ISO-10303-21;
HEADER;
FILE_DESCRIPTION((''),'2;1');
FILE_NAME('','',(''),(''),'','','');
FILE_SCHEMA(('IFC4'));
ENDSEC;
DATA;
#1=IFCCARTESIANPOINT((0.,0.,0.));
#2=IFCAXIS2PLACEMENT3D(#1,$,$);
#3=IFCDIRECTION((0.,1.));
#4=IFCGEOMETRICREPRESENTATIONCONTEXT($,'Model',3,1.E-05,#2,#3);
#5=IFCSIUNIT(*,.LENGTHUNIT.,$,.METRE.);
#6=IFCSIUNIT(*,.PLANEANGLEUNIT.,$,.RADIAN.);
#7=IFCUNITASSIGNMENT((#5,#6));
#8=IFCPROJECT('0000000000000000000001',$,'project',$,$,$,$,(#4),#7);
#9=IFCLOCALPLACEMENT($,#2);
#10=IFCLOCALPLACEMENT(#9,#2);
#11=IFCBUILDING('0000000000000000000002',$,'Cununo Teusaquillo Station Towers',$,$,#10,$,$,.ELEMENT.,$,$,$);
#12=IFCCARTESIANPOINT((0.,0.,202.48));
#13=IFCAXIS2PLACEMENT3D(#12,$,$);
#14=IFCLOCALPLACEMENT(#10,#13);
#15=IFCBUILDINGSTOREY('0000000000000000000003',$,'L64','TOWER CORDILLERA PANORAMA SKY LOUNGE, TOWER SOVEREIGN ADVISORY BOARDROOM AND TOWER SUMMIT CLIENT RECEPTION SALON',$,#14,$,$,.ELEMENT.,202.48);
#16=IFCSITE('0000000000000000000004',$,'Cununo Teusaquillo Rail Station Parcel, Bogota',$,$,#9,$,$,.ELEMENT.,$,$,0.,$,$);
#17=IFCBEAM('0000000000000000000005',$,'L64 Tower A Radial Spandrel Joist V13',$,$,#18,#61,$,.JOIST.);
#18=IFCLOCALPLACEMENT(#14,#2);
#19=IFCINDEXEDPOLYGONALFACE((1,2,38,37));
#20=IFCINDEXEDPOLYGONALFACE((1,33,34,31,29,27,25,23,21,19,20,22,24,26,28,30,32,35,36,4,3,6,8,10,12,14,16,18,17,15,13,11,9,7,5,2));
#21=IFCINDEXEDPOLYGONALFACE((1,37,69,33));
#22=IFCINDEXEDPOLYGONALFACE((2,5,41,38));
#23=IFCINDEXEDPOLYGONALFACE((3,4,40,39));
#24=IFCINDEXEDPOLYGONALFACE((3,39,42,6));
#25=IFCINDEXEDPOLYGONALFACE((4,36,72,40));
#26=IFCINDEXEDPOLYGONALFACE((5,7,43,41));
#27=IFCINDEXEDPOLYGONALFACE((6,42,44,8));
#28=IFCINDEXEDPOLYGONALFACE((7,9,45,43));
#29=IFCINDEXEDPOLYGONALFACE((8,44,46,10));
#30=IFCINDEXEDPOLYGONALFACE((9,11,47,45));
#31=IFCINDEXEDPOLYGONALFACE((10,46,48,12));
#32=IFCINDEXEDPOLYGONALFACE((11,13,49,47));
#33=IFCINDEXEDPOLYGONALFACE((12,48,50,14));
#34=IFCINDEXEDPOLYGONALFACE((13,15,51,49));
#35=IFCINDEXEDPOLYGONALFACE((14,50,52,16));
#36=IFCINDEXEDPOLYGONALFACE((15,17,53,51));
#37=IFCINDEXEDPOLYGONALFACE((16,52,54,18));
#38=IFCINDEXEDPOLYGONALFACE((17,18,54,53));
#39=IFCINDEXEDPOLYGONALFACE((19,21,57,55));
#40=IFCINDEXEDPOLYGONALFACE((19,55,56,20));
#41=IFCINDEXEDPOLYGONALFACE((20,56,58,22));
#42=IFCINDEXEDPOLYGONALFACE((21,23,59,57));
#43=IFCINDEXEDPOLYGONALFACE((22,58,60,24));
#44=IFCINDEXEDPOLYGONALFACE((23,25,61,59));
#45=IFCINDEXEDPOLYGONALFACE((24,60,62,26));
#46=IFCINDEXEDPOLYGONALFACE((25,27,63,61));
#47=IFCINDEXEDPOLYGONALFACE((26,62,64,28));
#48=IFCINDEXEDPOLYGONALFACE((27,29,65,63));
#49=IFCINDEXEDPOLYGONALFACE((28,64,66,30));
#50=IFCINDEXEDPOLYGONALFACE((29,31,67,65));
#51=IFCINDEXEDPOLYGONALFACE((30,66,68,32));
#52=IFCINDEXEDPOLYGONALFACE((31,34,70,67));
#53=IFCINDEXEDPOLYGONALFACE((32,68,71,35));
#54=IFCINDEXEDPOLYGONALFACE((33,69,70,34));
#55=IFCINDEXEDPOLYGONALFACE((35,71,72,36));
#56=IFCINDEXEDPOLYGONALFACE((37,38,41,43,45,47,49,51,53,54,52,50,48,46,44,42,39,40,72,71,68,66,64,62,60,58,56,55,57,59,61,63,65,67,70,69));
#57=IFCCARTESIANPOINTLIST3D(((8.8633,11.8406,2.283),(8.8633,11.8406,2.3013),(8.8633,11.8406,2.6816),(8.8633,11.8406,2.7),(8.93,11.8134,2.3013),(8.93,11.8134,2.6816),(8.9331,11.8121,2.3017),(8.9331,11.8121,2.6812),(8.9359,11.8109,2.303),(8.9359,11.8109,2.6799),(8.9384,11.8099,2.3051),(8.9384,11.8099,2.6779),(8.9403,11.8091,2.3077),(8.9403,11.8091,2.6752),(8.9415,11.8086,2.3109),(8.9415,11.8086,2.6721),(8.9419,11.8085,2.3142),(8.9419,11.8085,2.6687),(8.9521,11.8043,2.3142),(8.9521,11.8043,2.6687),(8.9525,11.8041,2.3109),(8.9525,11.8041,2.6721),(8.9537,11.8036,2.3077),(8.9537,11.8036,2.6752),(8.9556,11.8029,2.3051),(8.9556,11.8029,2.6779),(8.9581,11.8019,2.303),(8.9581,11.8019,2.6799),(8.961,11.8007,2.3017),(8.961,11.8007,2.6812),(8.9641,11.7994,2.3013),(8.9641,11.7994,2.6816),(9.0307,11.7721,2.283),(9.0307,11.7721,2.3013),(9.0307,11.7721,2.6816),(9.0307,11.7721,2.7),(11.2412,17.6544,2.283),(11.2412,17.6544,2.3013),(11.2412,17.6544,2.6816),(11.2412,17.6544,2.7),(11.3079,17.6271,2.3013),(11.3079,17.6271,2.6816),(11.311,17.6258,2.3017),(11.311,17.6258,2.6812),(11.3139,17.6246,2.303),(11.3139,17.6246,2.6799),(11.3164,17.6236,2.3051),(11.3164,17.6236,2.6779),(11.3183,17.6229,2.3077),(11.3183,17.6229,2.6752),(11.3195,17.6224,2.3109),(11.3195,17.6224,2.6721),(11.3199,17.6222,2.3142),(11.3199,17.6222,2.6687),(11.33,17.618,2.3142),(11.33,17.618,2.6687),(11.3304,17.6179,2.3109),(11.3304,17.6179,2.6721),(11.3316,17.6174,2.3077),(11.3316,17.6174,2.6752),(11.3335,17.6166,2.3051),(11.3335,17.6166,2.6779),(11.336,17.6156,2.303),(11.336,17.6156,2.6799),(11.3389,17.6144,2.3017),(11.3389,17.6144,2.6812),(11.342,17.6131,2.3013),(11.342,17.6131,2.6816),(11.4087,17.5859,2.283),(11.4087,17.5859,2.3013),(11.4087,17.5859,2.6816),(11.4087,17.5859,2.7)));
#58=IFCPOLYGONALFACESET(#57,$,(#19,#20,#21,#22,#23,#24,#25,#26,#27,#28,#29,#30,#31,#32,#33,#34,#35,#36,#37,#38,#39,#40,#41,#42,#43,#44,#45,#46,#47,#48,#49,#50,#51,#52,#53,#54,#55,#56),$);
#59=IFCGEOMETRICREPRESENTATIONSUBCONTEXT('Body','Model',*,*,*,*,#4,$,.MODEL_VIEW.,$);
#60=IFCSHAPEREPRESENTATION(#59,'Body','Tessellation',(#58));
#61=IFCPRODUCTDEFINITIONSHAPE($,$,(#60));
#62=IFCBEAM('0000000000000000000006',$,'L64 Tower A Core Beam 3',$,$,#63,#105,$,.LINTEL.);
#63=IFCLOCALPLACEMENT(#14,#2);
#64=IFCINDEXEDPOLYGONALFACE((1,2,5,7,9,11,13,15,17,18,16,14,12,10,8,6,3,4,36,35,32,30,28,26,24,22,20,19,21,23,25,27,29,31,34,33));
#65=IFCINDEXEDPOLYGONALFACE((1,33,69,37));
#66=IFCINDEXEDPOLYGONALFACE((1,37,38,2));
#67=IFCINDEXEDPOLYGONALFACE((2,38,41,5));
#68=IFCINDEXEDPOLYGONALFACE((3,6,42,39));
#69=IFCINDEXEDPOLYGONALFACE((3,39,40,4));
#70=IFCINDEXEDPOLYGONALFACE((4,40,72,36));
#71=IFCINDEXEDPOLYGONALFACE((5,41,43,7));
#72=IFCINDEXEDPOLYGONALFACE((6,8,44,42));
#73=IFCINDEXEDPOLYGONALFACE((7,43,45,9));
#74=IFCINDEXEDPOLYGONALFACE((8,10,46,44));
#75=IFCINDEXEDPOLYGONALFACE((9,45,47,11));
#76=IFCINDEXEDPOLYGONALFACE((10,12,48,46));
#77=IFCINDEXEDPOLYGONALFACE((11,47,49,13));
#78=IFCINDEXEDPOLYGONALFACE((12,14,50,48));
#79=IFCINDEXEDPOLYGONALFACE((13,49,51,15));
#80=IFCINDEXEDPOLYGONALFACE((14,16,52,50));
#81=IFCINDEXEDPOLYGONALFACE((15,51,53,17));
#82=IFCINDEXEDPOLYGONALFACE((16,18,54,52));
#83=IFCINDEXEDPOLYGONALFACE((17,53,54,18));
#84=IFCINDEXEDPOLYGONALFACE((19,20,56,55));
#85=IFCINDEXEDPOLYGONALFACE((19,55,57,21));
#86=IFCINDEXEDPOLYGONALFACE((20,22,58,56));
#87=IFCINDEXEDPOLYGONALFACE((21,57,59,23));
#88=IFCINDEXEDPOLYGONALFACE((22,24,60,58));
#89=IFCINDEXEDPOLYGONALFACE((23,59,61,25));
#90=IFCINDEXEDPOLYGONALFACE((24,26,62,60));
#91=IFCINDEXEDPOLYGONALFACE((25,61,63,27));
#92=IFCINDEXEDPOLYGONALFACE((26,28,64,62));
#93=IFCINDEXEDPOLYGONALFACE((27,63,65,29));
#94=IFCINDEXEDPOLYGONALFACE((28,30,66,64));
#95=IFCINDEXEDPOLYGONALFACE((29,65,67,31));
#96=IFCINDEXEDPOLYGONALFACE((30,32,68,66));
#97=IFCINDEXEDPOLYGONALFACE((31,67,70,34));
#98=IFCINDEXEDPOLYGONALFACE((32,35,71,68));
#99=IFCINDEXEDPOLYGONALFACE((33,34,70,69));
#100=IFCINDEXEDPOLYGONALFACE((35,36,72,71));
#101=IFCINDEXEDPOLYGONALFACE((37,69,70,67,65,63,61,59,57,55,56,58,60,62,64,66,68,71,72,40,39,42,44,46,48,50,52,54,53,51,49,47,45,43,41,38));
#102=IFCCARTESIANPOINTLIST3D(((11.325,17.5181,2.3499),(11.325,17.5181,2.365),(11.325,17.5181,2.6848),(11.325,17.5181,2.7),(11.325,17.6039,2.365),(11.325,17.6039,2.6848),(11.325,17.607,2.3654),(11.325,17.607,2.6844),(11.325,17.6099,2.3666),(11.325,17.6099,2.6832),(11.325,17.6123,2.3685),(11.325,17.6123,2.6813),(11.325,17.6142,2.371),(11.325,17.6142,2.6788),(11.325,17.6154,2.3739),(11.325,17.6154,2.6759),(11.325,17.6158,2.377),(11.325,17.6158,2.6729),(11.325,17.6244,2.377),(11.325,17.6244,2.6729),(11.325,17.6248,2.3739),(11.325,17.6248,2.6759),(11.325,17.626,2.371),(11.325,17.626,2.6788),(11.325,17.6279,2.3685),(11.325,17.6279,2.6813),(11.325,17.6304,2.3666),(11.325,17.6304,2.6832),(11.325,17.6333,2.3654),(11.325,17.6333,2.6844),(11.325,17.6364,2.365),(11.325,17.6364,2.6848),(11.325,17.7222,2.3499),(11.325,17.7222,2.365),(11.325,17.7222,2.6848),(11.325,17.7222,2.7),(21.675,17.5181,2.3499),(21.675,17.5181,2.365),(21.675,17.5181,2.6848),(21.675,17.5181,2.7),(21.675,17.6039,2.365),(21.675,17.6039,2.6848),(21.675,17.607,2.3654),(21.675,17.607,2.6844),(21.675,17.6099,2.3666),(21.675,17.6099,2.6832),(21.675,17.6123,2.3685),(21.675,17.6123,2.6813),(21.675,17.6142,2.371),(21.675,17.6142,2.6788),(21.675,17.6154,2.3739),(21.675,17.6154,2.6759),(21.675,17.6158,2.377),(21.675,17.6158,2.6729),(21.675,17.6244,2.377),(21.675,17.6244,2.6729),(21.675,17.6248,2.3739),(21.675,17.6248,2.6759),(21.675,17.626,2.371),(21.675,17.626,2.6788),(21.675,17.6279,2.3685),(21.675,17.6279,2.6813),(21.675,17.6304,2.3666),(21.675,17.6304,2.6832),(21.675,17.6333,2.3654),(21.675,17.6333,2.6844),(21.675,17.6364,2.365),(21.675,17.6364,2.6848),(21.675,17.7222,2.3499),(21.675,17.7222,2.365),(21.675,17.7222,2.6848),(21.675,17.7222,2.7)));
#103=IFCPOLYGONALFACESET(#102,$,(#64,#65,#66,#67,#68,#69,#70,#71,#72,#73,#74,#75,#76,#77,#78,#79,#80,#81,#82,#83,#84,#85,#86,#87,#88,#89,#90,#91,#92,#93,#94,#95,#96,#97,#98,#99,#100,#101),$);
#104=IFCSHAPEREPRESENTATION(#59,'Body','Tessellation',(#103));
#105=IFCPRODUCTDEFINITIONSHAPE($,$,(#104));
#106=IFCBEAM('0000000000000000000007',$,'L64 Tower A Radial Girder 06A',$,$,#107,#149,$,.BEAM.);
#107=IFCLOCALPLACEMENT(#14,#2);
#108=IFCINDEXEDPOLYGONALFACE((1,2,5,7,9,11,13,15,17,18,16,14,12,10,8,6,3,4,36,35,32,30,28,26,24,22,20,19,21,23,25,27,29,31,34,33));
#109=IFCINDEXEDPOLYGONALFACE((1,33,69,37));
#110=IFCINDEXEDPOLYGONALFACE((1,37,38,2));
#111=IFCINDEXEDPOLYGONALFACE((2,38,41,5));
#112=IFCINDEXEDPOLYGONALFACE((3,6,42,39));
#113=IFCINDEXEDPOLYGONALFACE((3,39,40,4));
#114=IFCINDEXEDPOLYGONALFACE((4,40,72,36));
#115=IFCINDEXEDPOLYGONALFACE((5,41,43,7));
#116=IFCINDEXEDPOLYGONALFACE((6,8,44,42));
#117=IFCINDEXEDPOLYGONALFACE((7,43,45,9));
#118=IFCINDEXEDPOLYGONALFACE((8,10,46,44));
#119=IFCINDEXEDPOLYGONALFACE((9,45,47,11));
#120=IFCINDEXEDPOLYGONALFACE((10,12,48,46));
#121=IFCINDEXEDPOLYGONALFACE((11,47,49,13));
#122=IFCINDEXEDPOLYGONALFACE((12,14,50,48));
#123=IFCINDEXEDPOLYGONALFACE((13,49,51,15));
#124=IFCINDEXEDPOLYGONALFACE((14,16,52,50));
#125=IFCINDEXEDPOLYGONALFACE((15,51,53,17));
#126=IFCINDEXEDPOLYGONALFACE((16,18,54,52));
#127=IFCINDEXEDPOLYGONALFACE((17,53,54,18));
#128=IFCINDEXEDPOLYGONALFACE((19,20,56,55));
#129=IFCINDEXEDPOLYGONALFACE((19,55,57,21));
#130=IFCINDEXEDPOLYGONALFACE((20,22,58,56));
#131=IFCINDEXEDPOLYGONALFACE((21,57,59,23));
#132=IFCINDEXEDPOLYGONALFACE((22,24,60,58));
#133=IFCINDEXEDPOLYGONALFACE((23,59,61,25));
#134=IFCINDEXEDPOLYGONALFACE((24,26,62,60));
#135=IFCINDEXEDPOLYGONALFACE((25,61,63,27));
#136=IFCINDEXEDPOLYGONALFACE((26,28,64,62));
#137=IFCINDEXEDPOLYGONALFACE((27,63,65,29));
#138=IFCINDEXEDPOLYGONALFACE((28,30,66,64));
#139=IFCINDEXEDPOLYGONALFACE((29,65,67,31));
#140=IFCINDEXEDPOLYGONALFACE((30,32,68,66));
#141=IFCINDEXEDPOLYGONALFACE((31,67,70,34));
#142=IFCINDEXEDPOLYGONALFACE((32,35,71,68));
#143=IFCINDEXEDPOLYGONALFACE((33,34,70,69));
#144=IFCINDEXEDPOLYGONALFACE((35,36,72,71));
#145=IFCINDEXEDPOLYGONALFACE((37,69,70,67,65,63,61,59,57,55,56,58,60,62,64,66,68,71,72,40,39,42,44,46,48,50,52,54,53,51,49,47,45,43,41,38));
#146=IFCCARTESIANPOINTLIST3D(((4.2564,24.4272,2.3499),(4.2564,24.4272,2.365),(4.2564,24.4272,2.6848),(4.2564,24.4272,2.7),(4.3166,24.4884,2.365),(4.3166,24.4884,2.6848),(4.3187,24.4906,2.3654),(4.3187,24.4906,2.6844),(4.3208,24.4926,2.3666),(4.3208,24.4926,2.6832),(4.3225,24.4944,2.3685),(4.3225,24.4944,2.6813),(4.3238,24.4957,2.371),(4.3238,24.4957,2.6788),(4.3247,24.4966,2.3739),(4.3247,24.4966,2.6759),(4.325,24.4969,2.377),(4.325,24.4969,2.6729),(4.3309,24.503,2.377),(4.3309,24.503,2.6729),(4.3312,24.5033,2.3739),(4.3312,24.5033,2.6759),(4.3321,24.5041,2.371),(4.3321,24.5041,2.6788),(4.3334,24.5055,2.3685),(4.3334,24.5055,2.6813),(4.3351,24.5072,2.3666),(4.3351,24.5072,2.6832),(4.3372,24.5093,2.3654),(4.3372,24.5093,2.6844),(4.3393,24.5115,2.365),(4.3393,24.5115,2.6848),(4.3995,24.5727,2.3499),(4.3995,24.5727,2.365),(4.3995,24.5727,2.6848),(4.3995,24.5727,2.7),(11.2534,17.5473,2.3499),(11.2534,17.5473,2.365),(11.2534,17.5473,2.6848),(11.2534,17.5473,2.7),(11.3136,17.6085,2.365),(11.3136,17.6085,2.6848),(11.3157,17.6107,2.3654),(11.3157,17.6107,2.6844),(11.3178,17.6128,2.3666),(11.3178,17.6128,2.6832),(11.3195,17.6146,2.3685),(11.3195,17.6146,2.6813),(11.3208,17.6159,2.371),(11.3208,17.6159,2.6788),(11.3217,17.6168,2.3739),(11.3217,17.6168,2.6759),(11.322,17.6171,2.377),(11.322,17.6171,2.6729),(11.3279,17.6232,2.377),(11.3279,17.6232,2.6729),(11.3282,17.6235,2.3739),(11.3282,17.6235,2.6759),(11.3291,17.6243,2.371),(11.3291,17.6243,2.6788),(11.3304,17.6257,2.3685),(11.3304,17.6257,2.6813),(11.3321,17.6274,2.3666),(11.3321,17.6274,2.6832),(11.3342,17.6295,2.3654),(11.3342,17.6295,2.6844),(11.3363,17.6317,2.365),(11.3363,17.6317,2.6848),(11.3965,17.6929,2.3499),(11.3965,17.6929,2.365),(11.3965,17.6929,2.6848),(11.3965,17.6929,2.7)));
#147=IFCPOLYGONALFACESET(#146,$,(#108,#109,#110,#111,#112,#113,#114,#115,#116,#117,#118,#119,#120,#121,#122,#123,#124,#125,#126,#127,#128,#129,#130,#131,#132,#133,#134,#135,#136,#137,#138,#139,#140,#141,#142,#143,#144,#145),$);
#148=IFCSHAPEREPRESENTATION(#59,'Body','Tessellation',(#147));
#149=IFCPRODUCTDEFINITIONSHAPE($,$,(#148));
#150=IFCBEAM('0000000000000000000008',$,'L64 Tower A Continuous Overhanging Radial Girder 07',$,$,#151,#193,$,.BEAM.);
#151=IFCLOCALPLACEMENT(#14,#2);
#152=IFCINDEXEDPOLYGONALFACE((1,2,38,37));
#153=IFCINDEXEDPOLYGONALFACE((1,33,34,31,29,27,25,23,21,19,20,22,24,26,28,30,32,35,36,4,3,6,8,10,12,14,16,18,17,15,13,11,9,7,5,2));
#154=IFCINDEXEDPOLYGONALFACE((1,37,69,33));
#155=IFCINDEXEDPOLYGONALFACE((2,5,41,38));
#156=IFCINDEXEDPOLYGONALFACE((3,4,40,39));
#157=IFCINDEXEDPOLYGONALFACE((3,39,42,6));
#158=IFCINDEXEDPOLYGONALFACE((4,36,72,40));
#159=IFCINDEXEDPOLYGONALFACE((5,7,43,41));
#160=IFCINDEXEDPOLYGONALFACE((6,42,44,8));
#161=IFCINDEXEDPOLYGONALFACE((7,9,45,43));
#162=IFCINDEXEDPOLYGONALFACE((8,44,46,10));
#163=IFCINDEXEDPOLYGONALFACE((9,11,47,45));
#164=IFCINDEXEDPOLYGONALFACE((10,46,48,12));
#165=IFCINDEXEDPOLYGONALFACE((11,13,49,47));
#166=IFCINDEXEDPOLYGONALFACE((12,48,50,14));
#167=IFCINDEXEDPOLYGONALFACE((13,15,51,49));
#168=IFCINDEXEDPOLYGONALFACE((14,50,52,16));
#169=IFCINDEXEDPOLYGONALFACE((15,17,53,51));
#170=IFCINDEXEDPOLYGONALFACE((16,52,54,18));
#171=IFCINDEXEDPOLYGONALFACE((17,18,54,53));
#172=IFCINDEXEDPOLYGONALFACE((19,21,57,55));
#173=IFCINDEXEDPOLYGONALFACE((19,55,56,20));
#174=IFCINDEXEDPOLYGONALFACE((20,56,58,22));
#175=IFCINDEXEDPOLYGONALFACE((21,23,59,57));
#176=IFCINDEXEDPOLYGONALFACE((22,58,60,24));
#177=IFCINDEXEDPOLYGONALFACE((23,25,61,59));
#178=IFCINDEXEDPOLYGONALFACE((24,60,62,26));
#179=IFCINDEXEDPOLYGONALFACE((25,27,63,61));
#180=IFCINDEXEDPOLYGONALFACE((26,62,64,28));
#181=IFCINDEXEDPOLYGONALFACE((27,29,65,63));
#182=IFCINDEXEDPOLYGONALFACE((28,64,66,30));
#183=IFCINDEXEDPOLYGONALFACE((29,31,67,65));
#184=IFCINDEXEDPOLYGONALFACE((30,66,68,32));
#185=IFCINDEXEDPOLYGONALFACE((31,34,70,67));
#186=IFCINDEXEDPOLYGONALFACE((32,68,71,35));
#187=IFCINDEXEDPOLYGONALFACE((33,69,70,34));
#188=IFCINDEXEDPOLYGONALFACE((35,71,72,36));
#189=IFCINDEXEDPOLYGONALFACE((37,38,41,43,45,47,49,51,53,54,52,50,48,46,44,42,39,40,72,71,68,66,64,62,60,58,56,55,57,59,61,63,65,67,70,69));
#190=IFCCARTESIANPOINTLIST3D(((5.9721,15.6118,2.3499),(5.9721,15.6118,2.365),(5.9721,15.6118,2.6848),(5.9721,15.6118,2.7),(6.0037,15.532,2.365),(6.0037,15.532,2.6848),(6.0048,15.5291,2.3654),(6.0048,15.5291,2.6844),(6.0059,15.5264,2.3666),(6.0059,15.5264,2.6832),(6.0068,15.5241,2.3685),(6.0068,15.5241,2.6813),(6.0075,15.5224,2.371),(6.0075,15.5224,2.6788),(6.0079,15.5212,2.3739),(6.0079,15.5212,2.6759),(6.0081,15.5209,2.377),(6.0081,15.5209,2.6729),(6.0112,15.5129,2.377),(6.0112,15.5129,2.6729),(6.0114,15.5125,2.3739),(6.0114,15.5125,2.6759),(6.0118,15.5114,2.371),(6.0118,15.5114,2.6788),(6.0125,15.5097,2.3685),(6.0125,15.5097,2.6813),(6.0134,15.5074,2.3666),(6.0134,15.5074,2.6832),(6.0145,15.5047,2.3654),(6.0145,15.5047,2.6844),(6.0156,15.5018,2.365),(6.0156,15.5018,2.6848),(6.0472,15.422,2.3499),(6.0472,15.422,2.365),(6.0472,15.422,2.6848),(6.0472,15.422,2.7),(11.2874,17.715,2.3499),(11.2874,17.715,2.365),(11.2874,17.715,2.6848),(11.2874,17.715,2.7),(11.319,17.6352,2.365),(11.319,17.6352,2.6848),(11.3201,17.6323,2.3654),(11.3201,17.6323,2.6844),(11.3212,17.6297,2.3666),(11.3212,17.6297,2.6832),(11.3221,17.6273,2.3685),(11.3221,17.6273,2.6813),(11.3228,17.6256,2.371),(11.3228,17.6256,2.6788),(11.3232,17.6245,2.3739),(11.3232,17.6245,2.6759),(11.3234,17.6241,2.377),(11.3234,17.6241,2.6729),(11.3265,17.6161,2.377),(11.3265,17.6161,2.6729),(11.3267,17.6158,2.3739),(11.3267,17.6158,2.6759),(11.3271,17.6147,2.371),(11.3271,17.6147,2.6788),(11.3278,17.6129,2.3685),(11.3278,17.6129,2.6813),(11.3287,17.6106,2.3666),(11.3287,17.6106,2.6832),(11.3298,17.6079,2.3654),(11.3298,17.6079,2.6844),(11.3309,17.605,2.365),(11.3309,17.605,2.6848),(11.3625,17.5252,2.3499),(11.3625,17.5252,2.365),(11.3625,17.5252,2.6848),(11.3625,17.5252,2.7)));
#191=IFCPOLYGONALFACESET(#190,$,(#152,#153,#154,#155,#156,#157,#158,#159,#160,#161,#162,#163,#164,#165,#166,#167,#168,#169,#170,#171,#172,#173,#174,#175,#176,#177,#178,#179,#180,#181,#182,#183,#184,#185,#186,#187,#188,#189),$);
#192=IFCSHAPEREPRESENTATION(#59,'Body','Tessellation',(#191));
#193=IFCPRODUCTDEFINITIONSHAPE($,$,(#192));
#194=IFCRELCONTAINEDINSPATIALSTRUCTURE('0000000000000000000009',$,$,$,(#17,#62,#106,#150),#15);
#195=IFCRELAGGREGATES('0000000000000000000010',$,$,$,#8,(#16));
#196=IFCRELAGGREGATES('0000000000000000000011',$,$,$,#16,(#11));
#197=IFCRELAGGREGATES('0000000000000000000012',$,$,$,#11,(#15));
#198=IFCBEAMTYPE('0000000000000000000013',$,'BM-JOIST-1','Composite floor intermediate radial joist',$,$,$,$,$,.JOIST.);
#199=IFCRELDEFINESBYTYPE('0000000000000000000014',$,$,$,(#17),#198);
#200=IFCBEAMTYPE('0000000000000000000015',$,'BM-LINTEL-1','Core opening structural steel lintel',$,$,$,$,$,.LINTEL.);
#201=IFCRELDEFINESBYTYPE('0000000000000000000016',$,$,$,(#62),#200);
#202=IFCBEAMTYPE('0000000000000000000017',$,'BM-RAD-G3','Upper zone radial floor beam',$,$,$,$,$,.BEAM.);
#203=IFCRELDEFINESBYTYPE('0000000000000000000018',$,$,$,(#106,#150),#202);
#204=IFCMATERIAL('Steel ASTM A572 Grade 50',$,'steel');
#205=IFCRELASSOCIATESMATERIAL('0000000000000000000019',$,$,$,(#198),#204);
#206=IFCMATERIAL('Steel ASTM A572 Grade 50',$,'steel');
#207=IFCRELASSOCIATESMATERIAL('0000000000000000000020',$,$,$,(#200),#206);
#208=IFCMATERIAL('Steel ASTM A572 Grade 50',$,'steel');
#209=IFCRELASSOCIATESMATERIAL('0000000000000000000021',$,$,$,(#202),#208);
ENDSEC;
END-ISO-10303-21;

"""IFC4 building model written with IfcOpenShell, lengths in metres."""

from ifc_helpers import new_model, si_unit, direction, frame, origin, origin_2d, place, context, subcontext, project, spatial, i_section, extrude, material, material_profile, profile_set, type_object, element, save


model = new_model("IFC4")

# Units and contexts
model_context = context("Model", 3, precision=1e-05, world=origin(), true_north=direction((0.0, 1.0)))
body_context = subcontext(model_context, "Body", "Model", "MODEL_VIEW")
ifc_project = project(units=[si_unit("LENGTHUNIT", "METRE"), si_unit("PLANEANGLEUNIT", "RADIAN")], contexts=[model_context])

# Site, building, storey
site_placement = place(None, origin())
site = spatial("IfcSite", under=ifc_project, at=site_placement, Name="Cununo Teusaquillo Rail Station Parcel, Bogota", CompositionType="ELEMENT", RefElevation=0.0)
building_placement = place(site_placement, origin())
building = spatial("IfcBuilding", under=site, at=building_placement, Name="Cununo Teusaquillo Station Towers", CompositionType="ELEMENT")
storey_placement = place(building_placement, frame((0.0, 0.0, 202.48)))
storey = spatial("IfcBuildingStorey", under=building, at=storey_placement, Name="L64", Description="TOWER CORDILLERA PANORAMA SKY LOUNGE, TOWER SOVEREIGN ADVISORY BOARDROOM AND TOWER SUMMIT CLIENT RECEPTION SALON", CompositionType="ELEMENT", Elevation=202.48)

# Beams
ifc_material_1 = material(Name="Steel ASTM A572 Grade 50", Category="steel")
ifc_material_profile_1 = material_profile(ifc_material_1, i_section(OverallWidth=0.1809, OverallDepth=0.417, WebThickness=0.011, FlangeThickness=0.0183, FilletRadius=0.0129, at=origin_2d()), Name="W16X57")
ifc_profile_set_1 = profile_set([ifc_material_profile_1], Name="Steel ASTM A572 Grade 50")
beam_type_1 = type_object("IfcBeamType", Name="BM-JOIST-1", Description="Composite floor intermediate radial joist", PredefinedType="JOIST", material=ifc_profile_set_1)
beam_1_placement = place(storey_placement, frame((11.325, 17.6201, 2.4915), z_axis=(-0.378577, -0.92557, 0.0), x_axis=(0.92557, -0.378577, 0.0)))
element("IfcBeam", 1, at=beam_1_placement, inside=storey, type_object=beam_type_1, Name="L64 Tower A Radial Spandrel Joist V13", PredefinedType="JOIST", context=body_context, shape_type="SweptSolid", body=[
    extrude(i_section(OverallWidth=0.1809, OverallDepth=0.417, WebThickness=0.011, FlangeThickness=0.0183, FilletRadius=0.0129, at=origin_2d()), origin(), (0.0, 0.0, 1.0), 6.2812),
])
ifc_material_2 = material(Name="Steel ASTM A572 Grade 50", Category="steel")
ifc_material_profile_2 = material_profile(ifc_material_2, i_section(OverallWidth=0.2041, OverallDepth=0.3501, WebThickness=0.0085, FlangeThickness=0.0151, FilletRadius=0.012, at=origin_2d()), Name="W14X48")
ifc_profile_set_2 = profile_set([ifc_material_profile_2], Name="Steel ASTM A572 Grade 50")
beam_type_2 = type_object("IfcBeamType", Name="BM-LINTEL-1", Description="Core opening structural steel lintel", PredefinedType="LINTEL", material=ifc_profile_set_2)
beam_2_placement = place(storey_placement, frame((11.325, 17.6201, 2.5249), z_axis=(1.0, 0.0, 0.0), x_axis=(0.0, 1.0, 0.0)))
element("IfcBeam", 2, at=beam_2_placement, inside=storey, type_object=beam_type_2, Name="L64 Tower A Core Beam 3", PredefinedType="LINTEL", context=body_context, shape_type="SweptSolid", body=[
    extrude(i_section(OverallWidth=0.2041, OverallDepth=0.3501, WebThickness=0.0085, FlangeThickness=0.0151, FilletRadius=0.012, at=origin_2d()), origin(), (0.0, 0.0, 1.0), 10.3501),
])
ifc_material_3 = material(Name="Steel ASTM A572 Grade 50", Category="steel")
ifc_material_profile_3 = material_profile(ifc_material_3, i_section(OverallWidth=0.2041, OverallDepth=0.3501, WebThickness=0.0085, FlangeThickness=0.0151, FilletRadius=0.012, at=origin_2d()), Name="W14X48")
ifc_profile_set_3 = profile_set([ifc_material_profile_3], Name="Steel ASTM A572 Grade 50")
beam_type_3 = type_object("IfcBeamType", Name="BM-RAD-G3", Description="Upper zone radial floor beam", PredefinedType="BEAM", material=ifc_profile_set_3)
beam_3_placement = place(storey_placement, frame((11.325, 17.6201, 2.5249), z_axis=(-0.713053, 0.70111, 0.0), x_axis=(-0.70111, -0.713053, 0.0)))
element("IfcBeam", 3, at=beam_3_placement, inside=storey, type_object=beam_type_3, Name="L64 Tower A Radial Girder 06A", PredefinedType="BEAM", context=body_context, shape_type="SweptSolid", body=[
    extrude(i_section(OverallWidth=0.2041, OverallDepth=0.3501, WebThickness=0.0085, FlangeThickness=0.0151, FilletRadius=0.012, at=origin_2d()), origin(), (0.0, 0.0, 1.0), 9.8127),
])
beam_4_placement = place(storey_placement, frame((11.325, 17.6201, 2.5249), z_axis=(-0.929852, -0.367935, 0.0), x_axis=(0.367935, -0.929852, 0.0)))
element("IfcBeam", 4, at=beam_4_placement, inside=storey, type_object=beam_type_3, Name="L64 Tower A Continuous Overhanging Radial Girder 07", PredefinedType="BEAM", context=body_context, shape_type="SweptSolid", body=[
    extrude(i_section(OverallWidth=0.2041, OverallDepth=0.3501, WebThickness=0.0085, FlangeThickness=0.0151, FilletRadius=0.012, at=origin_2d()), origin(), (0.0, 0.0, 1.0), 5.7163),
])

save(model, "model.ifc")
